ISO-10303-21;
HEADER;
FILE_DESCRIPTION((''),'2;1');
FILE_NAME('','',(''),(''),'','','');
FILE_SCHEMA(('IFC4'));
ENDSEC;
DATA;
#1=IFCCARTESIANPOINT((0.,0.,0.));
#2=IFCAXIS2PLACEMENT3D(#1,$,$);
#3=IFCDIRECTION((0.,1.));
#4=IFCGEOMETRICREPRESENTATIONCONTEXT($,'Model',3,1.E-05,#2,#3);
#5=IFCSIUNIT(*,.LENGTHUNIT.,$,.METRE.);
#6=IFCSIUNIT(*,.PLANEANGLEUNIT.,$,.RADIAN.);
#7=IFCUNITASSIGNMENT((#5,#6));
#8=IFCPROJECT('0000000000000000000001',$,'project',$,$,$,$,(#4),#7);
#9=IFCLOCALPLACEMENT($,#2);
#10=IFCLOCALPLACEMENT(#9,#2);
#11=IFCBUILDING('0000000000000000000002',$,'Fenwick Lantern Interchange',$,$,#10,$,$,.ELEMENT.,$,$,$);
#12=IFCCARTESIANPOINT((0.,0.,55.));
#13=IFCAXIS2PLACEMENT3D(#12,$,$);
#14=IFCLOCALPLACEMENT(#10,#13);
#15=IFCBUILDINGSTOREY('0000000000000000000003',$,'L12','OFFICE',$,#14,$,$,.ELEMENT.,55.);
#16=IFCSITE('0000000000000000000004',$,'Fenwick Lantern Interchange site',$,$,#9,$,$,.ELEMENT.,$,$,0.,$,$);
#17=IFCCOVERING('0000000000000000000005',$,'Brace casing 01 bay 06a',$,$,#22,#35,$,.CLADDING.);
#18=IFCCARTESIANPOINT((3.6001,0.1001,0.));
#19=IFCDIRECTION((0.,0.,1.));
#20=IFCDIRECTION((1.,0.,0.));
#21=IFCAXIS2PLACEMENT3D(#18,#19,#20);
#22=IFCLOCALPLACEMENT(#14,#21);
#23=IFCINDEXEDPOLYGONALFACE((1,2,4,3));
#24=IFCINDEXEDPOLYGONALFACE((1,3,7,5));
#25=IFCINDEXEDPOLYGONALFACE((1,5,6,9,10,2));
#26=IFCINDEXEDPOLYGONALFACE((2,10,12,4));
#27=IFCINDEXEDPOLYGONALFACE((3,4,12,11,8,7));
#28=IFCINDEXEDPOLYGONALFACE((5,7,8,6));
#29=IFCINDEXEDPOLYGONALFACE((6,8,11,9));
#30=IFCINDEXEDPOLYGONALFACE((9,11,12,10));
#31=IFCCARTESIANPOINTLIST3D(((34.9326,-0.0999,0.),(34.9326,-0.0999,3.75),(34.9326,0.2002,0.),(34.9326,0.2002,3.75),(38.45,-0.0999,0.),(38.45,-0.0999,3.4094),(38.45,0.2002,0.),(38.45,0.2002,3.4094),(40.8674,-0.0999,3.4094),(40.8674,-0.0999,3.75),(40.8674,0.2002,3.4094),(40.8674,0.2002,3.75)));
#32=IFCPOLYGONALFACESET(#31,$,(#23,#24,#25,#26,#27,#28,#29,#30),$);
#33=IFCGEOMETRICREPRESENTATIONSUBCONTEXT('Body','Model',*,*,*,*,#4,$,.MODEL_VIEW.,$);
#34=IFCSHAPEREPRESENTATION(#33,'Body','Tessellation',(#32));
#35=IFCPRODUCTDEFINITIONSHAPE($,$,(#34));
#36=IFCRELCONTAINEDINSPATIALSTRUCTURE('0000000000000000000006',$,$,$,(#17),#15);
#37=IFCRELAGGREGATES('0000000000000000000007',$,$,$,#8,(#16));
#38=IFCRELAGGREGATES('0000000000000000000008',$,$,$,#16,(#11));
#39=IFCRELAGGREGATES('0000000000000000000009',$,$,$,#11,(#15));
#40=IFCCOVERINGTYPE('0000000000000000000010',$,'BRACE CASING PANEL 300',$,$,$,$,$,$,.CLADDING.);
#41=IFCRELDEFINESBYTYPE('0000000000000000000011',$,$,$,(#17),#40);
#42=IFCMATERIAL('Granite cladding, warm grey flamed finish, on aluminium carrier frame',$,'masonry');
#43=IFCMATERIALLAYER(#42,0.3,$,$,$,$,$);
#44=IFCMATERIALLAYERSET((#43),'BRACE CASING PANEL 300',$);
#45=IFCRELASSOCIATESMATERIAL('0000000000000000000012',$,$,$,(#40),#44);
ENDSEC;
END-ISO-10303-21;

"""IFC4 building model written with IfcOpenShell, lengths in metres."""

from ifc_helpers import new_model, si_unit, direction, frame, origin, place, context, subcontext, project, spatial, polyline, outline, extrude, material, layer, layer_set, type_object, element, save


model = new_model("IFC4")

# Units and contexts
model_context = context("Model", 3, precision=1e-05, world=origin(), true_north=direction((0.0, 1.0)))
body_context = subcontext(model_context, "Body", "Model", "MODEL_VIEW")
ifc_project = project(units=[si_unit("LENGTHUNIT", "METRE"), si_unit("PLANEANGLEUNIT", "RADIAN")], contexts=[model_context])

# Site, building, storey
site_placement = place(None, origin())
site = spatial("IfcSite", under=ifc_project, at=site_placement, Name="Fenwick Lantern Interchange site", CompositionType="ELEMENT", RefElevation=0.0)
building_placement = place(site_placement, origin())
building = spatial("IfcBuilding", under=site, at=building_placement, Name="Fenwick Lantern Interchange", CompositionType="ELEMENT")
storey_placement = place(building_placement, frame((0.0, 0.0, 55.0)))
storey = spatial("IfcBuildingStorey", under=building, at=storey_placement, Name="L12", Description="OFFICE", CompositionType="ELEMENT", Elevation=55.0)

# Covering
ifc_material_1 = material(Name="Granite cladding, warm grey flamed finish, on aluminium carrier frame", Category="masonry")
ifc_layer_1 = layer(ifc_material_1, 0.3)
ifc_layer_set_1 = layer_set([ifc_layer_1], Name="BRACE CASING PANEL 300")
covering_type = type_object("IfcCoveringType", Name="BRACE CASING PANEL 300", PredefinedType="CLADDING", material=ifc_layer_set_1)
covering_1_placement = place(storey_placement, frame((3.6001, 0.1001, 0.0), z_axis=(0.0, 0.0, 1.0), x_axis=(1.0, 0.0, 0.0)))
element("IfcCovering", 1, at=covering_1_placement, inside=storey, type_object=covering_type, Name="Brace casing 01 bay 06a", PredefinedType="CLADDING", context=body_context, shape_type="SweptSolid", body=[
    extrude(outline(polyline([(34.9326, 0.0), (38.45, 0.0), (38.45, 3.4094), (40.8674, 3.4094), (40.8674, 3.75), (34.9326, 3.75), (34.9326, 0.0)])), frame((0.0, 0.2002, 0.0), z_axis=(0.0, -1.0, 0.0), x_axis=(1.0, 0.0, 0.0)), (0.0, 0.0, 1.0), 0.3),
])

save(model, "model.ifc")
